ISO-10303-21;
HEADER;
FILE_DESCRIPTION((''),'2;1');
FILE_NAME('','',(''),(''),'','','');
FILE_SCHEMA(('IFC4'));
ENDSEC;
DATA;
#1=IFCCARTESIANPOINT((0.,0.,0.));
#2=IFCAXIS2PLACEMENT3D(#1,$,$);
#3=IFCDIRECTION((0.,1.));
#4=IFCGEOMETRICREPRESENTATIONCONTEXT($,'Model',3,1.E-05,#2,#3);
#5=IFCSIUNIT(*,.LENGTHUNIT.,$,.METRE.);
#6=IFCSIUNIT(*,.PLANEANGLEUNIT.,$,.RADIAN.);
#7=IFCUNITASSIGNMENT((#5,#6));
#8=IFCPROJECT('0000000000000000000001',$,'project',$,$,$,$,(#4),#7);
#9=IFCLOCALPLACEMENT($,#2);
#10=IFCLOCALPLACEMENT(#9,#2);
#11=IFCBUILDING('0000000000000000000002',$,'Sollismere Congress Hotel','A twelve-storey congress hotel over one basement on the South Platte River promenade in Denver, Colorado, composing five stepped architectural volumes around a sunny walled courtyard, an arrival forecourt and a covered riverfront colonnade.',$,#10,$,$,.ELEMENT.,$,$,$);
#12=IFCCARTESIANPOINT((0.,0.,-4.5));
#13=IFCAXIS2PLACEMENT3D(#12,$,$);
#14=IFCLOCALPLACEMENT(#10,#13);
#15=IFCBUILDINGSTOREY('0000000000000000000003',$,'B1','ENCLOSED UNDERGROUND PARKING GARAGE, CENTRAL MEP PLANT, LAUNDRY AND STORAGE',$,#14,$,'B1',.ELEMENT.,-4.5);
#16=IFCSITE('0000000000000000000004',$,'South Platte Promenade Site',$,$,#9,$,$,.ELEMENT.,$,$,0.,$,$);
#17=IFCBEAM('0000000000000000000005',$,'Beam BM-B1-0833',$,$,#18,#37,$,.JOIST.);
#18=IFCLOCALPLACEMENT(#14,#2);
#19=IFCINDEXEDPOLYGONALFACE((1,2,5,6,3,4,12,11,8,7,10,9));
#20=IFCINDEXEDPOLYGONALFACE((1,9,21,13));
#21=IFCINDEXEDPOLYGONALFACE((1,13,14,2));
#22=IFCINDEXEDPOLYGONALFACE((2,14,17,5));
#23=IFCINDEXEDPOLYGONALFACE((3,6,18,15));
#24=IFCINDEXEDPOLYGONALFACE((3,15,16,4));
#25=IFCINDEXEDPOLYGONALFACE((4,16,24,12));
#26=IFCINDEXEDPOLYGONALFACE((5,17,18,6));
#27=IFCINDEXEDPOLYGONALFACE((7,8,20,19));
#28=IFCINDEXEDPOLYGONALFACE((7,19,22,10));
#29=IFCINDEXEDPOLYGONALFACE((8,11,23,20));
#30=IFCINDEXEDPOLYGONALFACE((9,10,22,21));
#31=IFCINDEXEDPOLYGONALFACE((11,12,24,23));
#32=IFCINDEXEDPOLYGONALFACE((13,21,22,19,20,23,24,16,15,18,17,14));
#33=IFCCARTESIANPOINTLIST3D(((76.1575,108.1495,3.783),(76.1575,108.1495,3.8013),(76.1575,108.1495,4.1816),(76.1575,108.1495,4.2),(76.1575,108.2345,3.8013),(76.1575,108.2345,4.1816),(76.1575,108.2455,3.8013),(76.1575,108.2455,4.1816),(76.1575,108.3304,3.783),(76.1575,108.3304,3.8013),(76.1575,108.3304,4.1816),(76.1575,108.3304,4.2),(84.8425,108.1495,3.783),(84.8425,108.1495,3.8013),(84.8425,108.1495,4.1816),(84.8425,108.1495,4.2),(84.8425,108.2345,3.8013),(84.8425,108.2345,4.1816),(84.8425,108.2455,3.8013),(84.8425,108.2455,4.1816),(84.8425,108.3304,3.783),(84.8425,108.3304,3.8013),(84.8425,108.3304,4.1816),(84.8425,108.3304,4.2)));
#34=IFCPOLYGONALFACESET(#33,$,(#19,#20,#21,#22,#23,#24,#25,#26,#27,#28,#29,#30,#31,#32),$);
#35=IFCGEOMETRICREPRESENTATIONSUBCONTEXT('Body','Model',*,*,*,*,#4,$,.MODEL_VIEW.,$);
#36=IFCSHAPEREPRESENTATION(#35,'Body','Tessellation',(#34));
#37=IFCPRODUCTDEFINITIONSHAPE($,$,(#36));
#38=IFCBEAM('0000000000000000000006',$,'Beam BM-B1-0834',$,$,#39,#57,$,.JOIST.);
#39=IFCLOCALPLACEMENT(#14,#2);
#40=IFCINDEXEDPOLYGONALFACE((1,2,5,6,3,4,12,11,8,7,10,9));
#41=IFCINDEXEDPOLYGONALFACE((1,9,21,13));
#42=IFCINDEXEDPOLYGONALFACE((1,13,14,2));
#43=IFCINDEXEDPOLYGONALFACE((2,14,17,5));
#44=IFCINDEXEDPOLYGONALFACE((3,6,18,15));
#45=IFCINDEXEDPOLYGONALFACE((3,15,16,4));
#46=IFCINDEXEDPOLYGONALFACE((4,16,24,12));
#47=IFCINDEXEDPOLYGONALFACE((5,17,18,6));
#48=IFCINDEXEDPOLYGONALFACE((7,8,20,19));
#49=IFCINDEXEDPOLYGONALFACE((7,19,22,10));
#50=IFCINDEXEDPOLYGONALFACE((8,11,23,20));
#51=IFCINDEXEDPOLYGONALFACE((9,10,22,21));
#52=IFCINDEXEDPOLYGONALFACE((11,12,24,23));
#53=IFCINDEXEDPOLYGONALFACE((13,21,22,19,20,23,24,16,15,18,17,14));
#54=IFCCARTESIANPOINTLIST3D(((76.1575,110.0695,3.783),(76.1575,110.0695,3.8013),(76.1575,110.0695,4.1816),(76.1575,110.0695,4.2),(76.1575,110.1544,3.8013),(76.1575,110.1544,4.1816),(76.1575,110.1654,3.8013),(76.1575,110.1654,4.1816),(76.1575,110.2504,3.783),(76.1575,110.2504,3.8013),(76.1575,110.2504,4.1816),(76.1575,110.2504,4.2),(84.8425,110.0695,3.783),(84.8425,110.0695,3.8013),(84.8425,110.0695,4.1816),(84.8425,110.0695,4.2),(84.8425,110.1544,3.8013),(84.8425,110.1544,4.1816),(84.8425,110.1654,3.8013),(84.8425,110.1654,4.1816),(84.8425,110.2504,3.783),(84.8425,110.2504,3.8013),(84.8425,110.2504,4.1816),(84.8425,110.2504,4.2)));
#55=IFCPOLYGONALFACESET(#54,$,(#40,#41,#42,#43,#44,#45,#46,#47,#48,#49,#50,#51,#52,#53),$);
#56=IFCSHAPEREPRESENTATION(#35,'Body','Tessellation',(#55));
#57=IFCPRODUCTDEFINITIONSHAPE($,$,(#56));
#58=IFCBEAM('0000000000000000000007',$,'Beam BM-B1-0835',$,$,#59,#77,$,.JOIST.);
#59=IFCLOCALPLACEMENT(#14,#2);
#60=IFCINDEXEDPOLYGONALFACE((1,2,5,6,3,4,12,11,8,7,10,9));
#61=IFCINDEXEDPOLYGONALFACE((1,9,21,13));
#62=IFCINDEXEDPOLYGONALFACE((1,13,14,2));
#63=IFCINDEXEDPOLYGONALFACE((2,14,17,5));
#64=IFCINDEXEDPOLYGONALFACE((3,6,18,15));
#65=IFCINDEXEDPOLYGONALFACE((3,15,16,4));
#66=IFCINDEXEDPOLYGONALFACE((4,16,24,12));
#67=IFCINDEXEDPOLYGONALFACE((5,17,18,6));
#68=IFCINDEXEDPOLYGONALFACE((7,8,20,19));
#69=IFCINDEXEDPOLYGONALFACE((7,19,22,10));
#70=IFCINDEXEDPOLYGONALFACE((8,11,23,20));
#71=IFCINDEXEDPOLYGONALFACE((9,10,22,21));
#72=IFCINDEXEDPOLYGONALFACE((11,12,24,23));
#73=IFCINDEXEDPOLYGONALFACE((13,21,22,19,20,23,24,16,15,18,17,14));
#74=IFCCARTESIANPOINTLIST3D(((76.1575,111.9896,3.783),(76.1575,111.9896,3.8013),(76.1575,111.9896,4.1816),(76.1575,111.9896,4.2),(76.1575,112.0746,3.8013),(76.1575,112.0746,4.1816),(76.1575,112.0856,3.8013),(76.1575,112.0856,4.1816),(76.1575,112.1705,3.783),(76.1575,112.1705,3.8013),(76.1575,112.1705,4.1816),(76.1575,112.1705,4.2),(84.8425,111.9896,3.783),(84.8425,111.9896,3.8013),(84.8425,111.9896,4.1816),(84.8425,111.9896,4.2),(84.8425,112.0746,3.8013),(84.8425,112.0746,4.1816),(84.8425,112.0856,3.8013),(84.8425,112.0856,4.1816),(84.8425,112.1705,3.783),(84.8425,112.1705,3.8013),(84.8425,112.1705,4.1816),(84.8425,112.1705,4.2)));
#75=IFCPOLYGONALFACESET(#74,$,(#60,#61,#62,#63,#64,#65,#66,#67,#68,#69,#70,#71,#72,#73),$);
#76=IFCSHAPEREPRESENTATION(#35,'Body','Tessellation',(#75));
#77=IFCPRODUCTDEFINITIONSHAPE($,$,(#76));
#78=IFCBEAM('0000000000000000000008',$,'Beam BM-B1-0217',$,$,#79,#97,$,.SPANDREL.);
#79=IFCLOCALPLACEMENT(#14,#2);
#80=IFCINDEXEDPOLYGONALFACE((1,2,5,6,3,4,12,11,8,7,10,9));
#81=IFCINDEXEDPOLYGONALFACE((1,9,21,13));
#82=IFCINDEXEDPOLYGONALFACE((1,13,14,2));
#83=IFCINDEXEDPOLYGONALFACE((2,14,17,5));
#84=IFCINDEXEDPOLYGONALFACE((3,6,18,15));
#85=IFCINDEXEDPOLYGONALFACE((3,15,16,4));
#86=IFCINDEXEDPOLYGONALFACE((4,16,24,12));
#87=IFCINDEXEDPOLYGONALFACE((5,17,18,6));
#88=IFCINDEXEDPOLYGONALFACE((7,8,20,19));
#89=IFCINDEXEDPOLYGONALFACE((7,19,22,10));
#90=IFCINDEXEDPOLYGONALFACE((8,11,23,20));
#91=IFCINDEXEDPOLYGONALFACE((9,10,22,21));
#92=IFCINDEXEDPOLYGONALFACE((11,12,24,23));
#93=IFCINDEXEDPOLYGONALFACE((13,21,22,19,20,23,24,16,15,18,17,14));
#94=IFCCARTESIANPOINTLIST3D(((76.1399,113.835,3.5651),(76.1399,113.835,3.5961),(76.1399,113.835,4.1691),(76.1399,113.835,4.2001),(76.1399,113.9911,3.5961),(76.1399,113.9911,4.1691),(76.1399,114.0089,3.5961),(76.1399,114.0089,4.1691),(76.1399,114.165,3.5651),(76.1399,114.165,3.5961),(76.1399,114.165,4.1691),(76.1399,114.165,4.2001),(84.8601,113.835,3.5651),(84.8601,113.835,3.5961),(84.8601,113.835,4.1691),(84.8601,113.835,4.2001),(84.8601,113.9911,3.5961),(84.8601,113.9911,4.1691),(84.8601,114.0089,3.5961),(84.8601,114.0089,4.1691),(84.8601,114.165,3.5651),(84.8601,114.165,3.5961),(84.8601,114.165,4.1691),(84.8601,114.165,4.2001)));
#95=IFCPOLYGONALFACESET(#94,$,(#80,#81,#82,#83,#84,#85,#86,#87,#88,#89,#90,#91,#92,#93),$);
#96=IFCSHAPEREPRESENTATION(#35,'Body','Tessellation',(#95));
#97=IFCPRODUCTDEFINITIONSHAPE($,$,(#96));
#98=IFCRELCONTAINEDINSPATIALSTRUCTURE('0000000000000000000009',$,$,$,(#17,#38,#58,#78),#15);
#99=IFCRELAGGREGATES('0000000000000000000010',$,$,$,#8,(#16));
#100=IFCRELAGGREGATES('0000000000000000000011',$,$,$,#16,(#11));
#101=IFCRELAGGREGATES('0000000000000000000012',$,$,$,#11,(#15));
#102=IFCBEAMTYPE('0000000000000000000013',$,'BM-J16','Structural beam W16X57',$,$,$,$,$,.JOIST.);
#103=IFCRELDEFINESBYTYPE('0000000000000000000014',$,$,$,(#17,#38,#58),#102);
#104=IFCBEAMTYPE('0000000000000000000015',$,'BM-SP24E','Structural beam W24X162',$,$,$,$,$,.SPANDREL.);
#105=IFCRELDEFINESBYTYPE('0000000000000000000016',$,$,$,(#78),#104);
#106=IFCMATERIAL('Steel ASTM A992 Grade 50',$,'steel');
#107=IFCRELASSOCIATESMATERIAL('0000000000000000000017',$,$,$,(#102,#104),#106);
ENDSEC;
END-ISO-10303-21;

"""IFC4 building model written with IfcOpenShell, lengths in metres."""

from ifc_helpers import new_model, si_unit, direction, frame, origin, origin_2d, place, context, subcontext, project, spatial, i_section, extrude, material, material_profile, profile_set, type_object, element, save


model = new_model("IFC4")

# Units and contexts
model_context = context("Model", 3, precision=1e-05, world=origin(), true_north=direction((0.0, 1.0)))
body_context = subcontext(model_context, "Body", "Model", "MODEL_VIEW")
ifc_project = project(units=[si_unit("LENGTHUNIT", "METRE"), si_unit("PLANEANGLEUNIT", "RADIAN")], contexts=[model_context])

# Site, building, storey
site_placement = place(None, origin())
site = spatial("IfcSite", under=ifc_project, at=site_placement, Name="South Platte Promenade Site", CompositionType="ELEMENT", RefElevation=0.0)
building_placement = place(site_placement, origin())
building = spatial("IfcBuilding", under=site, at=building_placement, Name="Sollismere Congress Hotel", Description="A twelve-storey congress hotel over one basement on the South Platte River promenade in Denver, Colorado, composing five stepped architectural volumes around a sunny walled courtyard, an arrival forecourt and a covered riverfront colonnade.", CompositionType="ELEMENT")
storey_placement = place(building_placement, frame((0.0, 0.0, -4.5)))
storey = spatial("IfcBuildingStorey", under=building, at=storey_placement, Name="B1", Description="ENCLOSED UNDERGROUND PARKING GARAGE, CENTRAL MEP PLANT, LAUNDRY AND STORAGE", LongName="B1", CompositionType="ELEMENT", Elevation=-4.5)

# Beams
ifc_material_1 = material(Name="Steel ASTM A992 Grade 50", Category="steel")
ifc_material_profile_1 = material_profile(ifc_material_1, i_section(OverallWidth=0.1809, OverallDepth=0.417, WebThickness=0.011, FlangeThickness=0.0183, at=origin_2d()), Name="W16X57")
ifc_profile_set_1 = profile_set([ifc_material_profile_1], Name="Steel ASTM A992 Grade 50")
beam_type_1 = type_object("IfcBeamType", Name="BM-J16", Description="Structural beam W16X57", PredefinedType="JOIST", material=ifc_profile_set_1)
for number, where, z_axis, x_axis, name in (
    (1, (76.1575, 108.24, 3.9915), (1.0, 0.0, 0.0), (0.0, 1.0, 0.0), "Beam BM-B1-0833"),
    (2, (76.1575, 110.1599, 3.9915), (1.0, 0.0, 0.0), (0.0, 1.0, 0.0), "Beam BM-B1-0834"),
    (3, (76.1575, 112.0801, 3.9915), (1.0, 0.0, 0.0), (0.0, 1.0, 0.0), "Beam BM-B1-0835"),
):
    element("IfcBeam", number, at=place(storey_placement, frame(where, z_axis=z_axis, x_axis=x_axis)), inside=storey, type_object=beam_type_1, Name=name, PredefinedType="JOIST", context=body_context, shape_type="SweptSolid", body=[
        extrude(i_section(OverallWidth=0.1809, OverallDepth=0.417, WebThickness=0.011, FlangeThickness=0.0183, at=origin_2d()), origin(), (0.0, 0.0, 1.0), 8.6851),
    ])
ifc_material_profile_2 = material_profile(ifc_material_1, i_section(OverallWidth=0.3301, OverallDepth=0.635, WebThickness=0.0178, FlangeThickness=0.031, at=origin_2d()), Name="W24X162")
ifc_profile_set_2 = profile_set([ifc_material_profile_2], Name="Steel ASTM A992 Grade 50")
beam_type_2 = type_object("IfcBeamType", Name="BM-SP24E", Description="Structural beam W24X162", PredefinedType="SPANDREL", material=ifc_profile_set_2)
beam_placement = place(storey_placement, frame((76.1399, 114.0, 3.8826), z_axis=(1.0, 0.0, 0.0), x_axis=(0.0, 1.0, 0.0)))
element("IfcBeam", 4, at=beam_placement, inside=storey, type_object=beam_type_2, Name="Beam BM-B1-0217", PredefinedType="SPANDREL", context=body_context, shape_type="SweptSolid", body=[
    extrude(i_section(OverallWidth=0.3301, OverallDepth=0.635, WebThickness=0.0178, FlangeThickness=0.031, at=origin_2d()), origin(), (0.0, 0.0, 1.0), 8.7202),
])

save(model, "model.ifc")
